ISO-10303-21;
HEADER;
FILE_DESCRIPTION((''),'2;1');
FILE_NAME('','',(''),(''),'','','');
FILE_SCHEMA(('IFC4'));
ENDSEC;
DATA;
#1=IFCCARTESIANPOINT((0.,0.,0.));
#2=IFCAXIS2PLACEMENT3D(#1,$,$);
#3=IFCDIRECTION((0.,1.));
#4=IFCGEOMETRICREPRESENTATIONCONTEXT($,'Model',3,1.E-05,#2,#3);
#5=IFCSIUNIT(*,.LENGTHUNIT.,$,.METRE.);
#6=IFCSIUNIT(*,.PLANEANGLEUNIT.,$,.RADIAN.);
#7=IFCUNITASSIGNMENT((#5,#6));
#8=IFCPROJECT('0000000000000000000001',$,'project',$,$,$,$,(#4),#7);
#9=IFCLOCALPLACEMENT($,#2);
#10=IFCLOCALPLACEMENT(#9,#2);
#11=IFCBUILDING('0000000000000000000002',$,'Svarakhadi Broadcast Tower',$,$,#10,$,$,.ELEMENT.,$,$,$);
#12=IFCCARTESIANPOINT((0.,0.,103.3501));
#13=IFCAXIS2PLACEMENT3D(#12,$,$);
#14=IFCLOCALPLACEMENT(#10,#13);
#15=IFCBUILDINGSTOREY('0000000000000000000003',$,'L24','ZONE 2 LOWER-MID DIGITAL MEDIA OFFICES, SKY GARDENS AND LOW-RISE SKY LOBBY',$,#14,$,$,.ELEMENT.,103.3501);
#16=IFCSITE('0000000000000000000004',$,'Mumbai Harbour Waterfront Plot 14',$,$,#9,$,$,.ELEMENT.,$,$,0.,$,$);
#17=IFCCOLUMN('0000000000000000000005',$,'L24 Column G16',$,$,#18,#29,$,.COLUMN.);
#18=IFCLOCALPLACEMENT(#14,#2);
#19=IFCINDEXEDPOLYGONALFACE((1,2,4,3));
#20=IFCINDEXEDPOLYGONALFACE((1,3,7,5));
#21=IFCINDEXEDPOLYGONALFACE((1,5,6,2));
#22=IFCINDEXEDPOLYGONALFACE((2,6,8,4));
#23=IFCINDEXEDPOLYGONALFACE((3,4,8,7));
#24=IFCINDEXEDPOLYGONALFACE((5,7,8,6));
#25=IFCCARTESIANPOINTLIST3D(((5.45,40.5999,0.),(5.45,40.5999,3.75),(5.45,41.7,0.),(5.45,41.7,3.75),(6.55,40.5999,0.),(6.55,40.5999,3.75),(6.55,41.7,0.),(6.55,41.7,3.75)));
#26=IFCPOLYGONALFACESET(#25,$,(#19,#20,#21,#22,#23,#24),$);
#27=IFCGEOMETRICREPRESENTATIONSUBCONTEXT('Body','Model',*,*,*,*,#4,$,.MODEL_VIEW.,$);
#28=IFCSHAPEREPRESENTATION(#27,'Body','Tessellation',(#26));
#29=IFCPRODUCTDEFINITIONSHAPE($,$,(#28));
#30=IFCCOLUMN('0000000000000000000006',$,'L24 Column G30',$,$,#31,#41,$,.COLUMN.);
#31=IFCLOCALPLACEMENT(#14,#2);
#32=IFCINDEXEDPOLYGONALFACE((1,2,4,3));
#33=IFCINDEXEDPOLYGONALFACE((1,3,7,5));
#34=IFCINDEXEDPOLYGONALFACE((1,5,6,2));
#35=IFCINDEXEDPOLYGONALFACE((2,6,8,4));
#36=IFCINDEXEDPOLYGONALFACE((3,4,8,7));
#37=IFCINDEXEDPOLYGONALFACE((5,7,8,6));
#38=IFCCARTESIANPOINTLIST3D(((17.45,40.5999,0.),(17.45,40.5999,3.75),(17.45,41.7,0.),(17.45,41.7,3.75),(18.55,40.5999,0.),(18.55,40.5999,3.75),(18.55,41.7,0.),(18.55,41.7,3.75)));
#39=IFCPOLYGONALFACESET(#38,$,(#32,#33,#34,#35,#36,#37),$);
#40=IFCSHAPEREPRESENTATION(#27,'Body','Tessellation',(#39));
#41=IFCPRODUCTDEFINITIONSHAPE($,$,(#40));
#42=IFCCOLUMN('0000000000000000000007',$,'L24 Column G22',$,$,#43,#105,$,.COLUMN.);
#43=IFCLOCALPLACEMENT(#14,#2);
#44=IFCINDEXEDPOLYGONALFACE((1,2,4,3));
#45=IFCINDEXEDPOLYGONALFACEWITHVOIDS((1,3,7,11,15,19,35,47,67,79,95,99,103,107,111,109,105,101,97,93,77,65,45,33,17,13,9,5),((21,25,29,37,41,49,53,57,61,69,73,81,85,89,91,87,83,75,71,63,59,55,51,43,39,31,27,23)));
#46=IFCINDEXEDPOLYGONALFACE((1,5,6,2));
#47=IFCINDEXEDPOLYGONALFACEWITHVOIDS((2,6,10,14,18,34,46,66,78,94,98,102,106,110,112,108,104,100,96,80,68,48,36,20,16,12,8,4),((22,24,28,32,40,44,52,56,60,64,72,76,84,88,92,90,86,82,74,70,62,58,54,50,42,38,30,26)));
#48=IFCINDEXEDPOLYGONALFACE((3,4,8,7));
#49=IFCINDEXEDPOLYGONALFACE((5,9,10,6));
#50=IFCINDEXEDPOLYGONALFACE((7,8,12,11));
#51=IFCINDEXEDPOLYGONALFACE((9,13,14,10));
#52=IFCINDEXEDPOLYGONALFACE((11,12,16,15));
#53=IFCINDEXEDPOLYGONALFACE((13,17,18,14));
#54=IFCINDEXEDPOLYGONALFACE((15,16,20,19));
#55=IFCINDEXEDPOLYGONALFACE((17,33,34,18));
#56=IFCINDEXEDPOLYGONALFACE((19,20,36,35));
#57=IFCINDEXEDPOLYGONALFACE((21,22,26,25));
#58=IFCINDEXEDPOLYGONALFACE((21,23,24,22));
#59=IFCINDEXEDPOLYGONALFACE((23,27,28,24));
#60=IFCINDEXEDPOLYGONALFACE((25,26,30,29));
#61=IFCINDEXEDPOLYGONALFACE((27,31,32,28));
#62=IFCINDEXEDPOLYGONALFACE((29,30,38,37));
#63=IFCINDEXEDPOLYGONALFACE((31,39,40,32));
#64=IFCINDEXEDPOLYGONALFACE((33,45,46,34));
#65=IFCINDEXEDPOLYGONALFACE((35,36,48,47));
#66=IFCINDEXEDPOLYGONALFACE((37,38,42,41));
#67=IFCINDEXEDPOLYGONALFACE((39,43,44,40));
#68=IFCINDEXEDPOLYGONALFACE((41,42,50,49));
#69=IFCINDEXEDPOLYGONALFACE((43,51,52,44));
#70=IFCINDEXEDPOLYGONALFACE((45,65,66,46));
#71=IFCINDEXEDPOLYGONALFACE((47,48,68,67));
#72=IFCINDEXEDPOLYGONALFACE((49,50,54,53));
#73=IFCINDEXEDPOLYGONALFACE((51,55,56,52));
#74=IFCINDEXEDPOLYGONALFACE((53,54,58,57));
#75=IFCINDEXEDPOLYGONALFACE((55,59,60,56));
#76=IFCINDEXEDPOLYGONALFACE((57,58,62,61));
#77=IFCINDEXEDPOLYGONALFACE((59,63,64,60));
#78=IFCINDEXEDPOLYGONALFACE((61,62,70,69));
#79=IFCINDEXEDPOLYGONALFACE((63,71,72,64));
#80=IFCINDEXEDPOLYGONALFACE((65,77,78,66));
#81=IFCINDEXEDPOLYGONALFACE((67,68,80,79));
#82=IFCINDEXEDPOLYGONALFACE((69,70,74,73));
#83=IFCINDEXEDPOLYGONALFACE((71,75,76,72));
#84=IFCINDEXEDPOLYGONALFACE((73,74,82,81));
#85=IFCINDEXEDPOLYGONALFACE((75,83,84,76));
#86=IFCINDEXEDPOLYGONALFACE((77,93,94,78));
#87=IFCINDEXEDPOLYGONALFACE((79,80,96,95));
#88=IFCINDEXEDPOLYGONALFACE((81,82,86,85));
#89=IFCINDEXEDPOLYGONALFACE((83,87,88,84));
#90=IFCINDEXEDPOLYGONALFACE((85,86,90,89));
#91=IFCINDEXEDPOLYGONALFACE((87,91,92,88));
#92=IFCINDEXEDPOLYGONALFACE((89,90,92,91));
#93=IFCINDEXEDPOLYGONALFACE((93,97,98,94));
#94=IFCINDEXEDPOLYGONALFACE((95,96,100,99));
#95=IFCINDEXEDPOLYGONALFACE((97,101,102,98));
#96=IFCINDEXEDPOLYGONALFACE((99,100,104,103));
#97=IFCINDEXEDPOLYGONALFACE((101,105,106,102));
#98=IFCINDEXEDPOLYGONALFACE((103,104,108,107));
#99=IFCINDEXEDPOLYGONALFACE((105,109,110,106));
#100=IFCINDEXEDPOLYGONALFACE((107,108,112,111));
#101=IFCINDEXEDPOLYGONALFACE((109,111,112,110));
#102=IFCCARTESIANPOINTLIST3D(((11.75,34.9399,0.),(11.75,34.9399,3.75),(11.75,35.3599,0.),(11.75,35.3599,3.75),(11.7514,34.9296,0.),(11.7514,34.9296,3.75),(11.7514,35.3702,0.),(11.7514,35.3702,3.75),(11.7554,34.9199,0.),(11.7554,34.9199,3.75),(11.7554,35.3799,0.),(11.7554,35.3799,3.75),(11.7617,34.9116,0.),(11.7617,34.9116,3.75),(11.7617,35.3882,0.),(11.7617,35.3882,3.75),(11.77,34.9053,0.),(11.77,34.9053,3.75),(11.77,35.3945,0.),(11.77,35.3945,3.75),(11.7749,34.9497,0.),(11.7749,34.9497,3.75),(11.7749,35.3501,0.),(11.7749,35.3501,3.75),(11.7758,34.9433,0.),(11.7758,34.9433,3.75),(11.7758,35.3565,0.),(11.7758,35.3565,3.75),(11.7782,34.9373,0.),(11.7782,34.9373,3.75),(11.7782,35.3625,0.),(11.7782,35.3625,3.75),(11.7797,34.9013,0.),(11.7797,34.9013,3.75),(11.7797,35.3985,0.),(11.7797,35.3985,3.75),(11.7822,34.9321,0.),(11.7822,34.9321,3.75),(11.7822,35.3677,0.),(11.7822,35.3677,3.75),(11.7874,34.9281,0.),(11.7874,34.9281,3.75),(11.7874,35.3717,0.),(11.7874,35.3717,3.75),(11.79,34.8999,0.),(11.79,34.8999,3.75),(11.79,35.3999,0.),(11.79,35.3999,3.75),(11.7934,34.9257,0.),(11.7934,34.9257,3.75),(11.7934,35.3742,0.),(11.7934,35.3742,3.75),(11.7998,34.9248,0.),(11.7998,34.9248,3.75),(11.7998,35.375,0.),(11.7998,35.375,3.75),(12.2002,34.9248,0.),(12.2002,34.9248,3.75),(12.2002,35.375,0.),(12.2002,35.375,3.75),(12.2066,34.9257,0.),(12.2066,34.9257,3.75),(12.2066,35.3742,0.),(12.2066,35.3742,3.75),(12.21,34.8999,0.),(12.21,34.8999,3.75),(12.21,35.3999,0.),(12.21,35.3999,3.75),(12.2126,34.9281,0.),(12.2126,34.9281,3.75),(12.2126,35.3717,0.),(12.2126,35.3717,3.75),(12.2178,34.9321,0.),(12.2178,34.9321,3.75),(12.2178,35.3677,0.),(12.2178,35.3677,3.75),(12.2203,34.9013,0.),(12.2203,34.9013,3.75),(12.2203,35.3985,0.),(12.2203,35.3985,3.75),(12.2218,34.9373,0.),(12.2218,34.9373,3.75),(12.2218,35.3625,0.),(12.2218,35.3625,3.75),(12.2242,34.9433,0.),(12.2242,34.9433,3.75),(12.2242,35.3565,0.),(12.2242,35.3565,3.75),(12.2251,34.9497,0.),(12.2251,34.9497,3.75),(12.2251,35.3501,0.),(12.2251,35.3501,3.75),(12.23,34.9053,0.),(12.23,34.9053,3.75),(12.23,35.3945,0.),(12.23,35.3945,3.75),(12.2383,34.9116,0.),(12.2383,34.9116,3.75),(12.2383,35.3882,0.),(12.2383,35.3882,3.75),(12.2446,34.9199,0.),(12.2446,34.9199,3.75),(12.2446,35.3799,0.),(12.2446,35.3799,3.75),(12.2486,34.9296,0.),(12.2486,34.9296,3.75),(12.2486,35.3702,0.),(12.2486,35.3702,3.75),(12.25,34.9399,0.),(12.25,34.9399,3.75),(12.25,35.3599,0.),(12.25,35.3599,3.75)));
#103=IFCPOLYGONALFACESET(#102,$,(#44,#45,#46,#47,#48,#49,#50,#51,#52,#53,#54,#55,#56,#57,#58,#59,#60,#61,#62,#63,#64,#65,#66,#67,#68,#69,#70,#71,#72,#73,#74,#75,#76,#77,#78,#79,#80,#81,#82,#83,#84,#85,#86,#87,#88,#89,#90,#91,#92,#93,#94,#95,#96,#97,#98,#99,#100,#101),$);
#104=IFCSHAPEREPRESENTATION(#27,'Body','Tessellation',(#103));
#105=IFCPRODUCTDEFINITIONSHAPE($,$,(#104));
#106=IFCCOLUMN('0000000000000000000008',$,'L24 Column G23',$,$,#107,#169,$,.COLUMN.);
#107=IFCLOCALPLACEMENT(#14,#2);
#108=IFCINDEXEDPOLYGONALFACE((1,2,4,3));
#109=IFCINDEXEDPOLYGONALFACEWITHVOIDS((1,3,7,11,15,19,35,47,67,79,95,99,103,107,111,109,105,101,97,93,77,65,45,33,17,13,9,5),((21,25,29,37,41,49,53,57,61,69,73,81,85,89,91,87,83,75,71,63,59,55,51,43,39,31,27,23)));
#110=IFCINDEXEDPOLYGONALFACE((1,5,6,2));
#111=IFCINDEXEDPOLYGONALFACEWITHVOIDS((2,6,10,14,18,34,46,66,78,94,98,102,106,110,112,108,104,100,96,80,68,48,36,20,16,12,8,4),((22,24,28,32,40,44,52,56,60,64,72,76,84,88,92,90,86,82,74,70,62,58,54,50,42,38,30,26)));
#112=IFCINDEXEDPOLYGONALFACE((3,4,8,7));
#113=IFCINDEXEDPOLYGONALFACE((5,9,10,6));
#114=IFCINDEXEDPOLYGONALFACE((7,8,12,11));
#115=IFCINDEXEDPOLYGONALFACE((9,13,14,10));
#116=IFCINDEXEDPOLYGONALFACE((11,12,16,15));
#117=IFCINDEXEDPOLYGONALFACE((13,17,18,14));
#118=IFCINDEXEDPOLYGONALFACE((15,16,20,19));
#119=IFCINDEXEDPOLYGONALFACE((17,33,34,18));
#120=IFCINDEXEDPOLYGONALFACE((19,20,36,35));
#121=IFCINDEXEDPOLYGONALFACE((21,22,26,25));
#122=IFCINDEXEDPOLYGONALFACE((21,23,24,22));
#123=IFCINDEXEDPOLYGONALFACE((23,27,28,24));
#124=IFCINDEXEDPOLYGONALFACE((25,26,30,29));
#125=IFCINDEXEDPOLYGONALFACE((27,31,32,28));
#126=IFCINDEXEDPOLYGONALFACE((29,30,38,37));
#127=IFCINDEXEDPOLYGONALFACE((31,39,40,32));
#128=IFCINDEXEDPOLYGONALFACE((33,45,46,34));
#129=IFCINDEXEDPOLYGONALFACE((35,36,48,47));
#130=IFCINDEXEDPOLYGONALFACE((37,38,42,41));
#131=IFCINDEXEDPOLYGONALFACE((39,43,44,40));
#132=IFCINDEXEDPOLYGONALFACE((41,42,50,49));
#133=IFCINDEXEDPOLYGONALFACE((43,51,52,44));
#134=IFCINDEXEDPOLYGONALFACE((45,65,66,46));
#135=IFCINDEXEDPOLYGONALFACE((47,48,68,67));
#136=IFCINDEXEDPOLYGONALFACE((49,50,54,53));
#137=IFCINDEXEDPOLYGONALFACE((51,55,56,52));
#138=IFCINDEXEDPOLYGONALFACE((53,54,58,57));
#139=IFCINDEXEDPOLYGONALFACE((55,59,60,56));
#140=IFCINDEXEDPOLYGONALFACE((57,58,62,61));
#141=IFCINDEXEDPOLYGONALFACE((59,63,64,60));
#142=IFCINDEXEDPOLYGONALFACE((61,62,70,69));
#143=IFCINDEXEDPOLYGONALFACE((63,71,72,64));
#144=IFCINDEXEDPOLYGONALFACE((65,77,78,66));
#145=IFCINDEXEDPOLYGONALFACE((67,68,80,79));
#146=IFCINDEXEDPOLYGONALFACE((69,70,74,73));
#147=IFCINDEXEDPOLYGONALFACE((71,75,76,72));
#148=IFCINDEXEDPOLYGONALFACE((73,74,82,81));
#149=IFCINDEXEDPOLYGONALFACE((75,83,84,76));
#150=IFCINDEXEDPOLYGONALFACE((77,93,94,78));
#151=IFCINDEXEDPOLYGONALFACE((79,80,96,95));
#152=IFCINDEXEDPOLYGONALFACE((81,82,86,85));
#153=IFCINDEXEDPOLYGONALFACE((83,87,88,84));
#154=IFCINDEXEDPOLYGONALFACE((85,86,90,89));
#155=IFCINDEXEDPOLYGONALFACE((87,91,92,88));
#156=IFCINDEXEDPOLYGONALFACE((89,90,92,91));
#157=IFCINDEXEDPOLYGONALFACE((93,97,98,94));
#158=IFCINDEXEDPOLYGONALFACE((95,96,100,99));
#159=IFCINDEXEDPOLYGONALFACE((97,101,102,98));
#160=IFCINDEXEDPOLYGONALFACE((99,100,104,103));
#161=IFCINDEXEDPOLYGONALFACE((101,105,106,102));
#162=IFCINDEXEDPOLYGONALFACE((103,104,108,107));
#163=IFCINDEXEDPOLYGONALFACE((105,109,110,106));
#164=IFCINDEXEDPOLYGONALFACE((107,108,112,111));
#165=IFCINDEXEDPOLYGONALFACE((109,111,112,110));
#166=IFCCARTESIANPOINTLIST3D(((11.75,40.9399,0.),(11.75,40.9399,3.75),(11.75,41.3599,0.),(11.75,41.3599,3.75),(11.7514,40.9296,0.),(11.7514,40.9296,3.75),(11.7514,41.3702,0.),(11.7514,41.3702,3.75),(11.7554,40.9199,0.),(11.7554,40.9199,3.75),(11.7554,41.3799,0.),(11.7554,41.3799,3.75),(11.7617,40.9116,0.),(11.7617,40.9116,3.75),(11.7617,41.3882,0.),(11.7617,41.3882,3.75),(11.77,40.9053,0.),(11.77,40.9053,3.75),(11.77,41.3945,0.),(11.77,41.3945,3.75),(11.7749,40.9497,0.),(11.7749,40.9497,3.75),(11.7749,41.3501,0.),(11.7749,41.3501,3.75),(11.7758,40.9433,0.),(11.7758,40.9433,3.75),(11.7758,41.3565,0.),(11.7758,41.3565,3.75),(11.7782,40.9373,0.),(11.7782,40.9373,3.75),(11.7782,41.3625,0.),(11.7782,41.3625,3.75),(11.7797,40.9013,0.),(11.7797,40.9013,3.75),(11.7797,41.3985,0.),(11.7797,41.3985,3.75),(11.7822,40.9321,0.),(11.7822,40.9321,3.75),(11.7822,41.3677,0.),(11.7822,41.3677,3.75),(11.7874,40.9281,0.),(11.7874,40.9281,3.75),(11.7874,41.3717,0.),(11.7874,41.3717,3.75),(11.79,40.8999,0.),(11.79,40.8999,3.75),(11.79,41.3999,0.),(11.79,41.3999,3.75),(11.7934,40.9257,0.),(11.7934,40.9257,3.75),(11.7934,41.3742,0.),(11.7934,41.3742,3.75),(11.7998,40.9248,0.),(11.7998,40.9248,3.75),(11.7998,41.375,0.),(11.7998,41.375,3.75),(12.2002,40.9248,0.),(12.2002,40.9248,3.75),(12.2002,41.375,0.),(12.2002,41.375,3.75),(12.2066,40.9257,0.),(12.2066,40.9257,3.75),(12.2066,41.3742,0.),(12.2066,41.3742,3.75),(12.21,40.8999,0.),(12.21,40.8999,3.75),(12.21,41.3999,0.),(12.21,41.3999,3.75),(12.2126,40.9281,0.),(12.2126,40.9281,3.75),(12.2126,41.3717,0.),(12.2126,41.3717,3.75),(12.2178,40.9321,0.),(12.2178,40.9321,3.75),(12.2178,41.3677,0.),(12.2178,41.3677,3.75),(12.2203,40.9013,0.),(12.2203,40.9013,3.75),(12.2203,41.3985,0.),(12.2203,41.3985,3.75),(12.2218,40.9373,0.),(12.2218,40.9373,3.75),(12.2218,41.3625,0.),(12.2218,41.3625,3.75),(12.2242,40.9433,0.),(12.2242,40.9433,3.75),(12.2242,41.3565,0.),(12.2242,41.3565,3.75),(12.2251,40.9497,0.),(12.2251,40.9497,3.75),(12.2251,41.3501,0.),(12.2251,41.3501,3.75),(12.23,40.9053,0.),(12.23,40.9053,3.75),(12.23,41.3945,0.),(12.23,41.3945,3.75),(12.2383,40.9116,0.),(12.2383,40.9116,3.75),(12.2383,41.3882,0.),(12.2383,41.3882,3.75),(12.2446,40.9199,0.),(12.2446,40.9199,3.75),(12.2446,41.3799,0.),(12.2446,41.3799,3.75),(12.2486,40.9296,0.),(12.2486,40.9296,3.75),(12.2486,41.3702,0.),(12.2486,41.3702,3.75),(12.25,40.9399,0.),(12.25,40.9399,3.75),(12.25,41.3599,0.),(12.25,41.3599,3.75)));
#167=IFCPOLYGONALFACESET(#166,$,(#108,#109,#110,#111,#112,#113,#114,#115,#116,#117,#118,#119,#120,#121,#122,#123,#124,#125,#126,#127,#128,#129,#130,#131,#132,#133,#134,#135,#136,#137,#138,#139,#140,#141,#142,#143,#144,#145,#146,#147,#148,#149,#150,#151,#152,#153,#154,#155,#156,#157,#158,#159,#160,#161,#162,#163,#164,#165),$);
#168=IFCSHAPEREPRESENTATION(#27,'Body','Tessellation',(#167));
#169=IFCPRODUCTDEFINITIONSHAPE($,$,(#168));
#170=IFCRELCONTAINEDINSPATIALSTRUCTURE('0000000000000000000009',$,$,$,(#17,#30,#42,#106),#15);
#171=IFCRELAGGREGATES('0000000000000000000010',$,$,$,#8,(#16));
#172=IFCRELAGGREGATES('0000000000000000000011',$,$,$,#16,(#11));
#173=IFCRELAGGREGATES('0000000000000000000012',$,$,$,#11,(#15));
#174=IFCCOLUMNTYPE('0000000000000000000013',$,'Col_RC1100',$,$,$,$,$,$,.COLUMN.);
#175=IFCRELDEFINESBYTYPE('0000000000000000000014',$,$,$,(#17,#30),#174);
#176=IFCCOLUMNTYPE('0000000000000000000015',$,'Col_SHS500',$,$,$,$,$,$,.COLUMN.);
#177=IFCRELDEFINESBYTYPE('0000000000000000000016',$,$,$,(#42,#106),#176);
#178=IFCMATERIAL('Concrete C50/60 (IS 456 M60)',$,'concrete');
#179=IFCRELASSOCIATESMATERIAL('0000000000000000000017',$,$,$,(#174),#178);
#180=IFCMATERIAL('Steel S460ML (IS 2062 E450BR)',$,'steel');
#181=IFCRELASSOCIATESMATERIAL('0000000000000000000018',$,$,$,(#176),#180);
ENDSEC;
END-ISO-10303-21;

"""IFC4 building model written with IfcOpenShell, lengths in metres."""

from ifc_helpers import new_model, si_unit, direction, frame, origin, origin_2d, place, context, subcontext, project, spatial, rectangle, hollow_rectangle, extrude, material, material_profile, profile_set, type_object, element, save


model = new_model("IFC4")

# Units and contexts
model_context = context("Model", 3, precision=1e-05, world=origin(), true_north=direction((0.0, 1.0)))
body_context = subcontext(model_context, "Body", "Model", "MODEL_VIEW")
ifc_project = project(units=[si_unit("LENGTHUNIT", "METRE"), si_unit("PLANEANGLEUNIT", "RADIAN")], contexts=[model_context])

# Site, building, storey
site_placement = place(None, origin())
site = spatial("IfcSite", under=ifc_project, at=site_placement, Name="Mumbai Harbour Waterfront Plot 14", CompositionType="ELEMENT", RefElevation=0.0)
building_placement = place(site_placement, origin())
building = spatial("IfcBuilding", under=site, at=building_placement, Name="Svarakhadi Broadcast Tower", CompositionType="ELEMENT")
storey_placement = place(building_placement, frame((0.0, 0.0, 103.3501)))
storey = spatial("IfcBuildingStorey", under=building, at=storey_placement, Name="L24", Description="ZONE 2 LOWER-MID DIGITAL MEDIA OFFICES, SKY GARDENS AND LOW-RISE SKY LOBBY", CompositionType="ELEMENT", Elevation=103.3501)

# Columns
ifc_material_1 = material(Name="Concrete C50/60 (IS 456 M60)", Category="concrete")
ifc_material_profile_1 = material_profile(ifc_material_1, rectangle(XDim=1.1001, YDim=1.1001, at=origin_2d()), Name="RC 1100x1100")
ifc_profile_set_1 = profile_set([ifc_material_profile_1], Name="Concrete C50/60 (IS 456 M60)")
column_type_1 = type_object("IfcColumnType", Name="Col_RC1100", PredefinedType="COLUMN", material=ifc_profile_set_1)
for number, where, z_axis, x_axis, name in (
    (1, (6.0, 41.1499, 0.0), (0.0, 0.0, 1.0), (1.0, 0.0, 0.0), "L24 Column G16"),
    (2, (18.0, 41.1499, 0.0), (0.0, 0.0, 1.0), (1.0, 0.0, 0.0), "L24 Column G30"),
):
    element("IfcColumn", number, at=place(storey_placement, frame(where, z_axis=z_axis, x_axis=x_axis)), inside=storey, type_object=column_type_1, Name=name, PredefinedType="COLUMN", context=body_context, shape_type="SweptSolid", body=[
        extrude(rectangle(XDim=1.1001, YDim=1.1001, at=origin_2d()), origin(), (0.0, 0.0, 1.0), 3.75),
    ])
ifc_material_2 = material(Name="Steel S460ML (IS 2062 E450BR)", Category="steel")
ifc_material_profile_2 = material_profile(ifc_material_2, hollow_rectangle(XDim=0.5, YDim=0.5, WallThickness=0.0249, InnerFilletRadius=0.0249, OuterFilletRadius=0.04, at=origin_2d()), Name="SHS 500x500x25")
ifc_profile_set_2 = profile_set([ifc_material_profile_2], Name="Steel S460ML (IS 2062 E450BR)")
column_type_2 = type_object("IfcColumnType", Name="Col_SHS500", PredefinedType="COLUMN", material=ifc_profile_set_2)
for number, where, z_axis, x_axis, name in (
    (3, (12.0, 35.1499, 0.0), (0.0, 0.0, 1.0), (1.0, 0.0, 0.0), "L24 Column G22"),
    (4, (12.0, 41.1499, 0.0), (0.0, 0.0, 1.0), (1.0, 0.0, 0.0), "L24 Column G23"),
):
    element("IfcColumn", number, at=place(storey_placement, frame(where, z_axis=z_axis, x_axis=x_axis)), inside=storey, type_object=column_type_2, Name=name, PredefinedType="COLUMN", context=body_context, shape_type="SweptSolid", body=[
        extrude(hollow_rectangle(XDim=0.5, YDim=0.5, WallThickness=0.0249, InnerFilletRadius=0.0249, OuterFilletRadius=0.04, at=origin_2d()), origin(), (0.0, 0.0, 1.0), 3.75),
    ])

save(model, "model.ifc")
